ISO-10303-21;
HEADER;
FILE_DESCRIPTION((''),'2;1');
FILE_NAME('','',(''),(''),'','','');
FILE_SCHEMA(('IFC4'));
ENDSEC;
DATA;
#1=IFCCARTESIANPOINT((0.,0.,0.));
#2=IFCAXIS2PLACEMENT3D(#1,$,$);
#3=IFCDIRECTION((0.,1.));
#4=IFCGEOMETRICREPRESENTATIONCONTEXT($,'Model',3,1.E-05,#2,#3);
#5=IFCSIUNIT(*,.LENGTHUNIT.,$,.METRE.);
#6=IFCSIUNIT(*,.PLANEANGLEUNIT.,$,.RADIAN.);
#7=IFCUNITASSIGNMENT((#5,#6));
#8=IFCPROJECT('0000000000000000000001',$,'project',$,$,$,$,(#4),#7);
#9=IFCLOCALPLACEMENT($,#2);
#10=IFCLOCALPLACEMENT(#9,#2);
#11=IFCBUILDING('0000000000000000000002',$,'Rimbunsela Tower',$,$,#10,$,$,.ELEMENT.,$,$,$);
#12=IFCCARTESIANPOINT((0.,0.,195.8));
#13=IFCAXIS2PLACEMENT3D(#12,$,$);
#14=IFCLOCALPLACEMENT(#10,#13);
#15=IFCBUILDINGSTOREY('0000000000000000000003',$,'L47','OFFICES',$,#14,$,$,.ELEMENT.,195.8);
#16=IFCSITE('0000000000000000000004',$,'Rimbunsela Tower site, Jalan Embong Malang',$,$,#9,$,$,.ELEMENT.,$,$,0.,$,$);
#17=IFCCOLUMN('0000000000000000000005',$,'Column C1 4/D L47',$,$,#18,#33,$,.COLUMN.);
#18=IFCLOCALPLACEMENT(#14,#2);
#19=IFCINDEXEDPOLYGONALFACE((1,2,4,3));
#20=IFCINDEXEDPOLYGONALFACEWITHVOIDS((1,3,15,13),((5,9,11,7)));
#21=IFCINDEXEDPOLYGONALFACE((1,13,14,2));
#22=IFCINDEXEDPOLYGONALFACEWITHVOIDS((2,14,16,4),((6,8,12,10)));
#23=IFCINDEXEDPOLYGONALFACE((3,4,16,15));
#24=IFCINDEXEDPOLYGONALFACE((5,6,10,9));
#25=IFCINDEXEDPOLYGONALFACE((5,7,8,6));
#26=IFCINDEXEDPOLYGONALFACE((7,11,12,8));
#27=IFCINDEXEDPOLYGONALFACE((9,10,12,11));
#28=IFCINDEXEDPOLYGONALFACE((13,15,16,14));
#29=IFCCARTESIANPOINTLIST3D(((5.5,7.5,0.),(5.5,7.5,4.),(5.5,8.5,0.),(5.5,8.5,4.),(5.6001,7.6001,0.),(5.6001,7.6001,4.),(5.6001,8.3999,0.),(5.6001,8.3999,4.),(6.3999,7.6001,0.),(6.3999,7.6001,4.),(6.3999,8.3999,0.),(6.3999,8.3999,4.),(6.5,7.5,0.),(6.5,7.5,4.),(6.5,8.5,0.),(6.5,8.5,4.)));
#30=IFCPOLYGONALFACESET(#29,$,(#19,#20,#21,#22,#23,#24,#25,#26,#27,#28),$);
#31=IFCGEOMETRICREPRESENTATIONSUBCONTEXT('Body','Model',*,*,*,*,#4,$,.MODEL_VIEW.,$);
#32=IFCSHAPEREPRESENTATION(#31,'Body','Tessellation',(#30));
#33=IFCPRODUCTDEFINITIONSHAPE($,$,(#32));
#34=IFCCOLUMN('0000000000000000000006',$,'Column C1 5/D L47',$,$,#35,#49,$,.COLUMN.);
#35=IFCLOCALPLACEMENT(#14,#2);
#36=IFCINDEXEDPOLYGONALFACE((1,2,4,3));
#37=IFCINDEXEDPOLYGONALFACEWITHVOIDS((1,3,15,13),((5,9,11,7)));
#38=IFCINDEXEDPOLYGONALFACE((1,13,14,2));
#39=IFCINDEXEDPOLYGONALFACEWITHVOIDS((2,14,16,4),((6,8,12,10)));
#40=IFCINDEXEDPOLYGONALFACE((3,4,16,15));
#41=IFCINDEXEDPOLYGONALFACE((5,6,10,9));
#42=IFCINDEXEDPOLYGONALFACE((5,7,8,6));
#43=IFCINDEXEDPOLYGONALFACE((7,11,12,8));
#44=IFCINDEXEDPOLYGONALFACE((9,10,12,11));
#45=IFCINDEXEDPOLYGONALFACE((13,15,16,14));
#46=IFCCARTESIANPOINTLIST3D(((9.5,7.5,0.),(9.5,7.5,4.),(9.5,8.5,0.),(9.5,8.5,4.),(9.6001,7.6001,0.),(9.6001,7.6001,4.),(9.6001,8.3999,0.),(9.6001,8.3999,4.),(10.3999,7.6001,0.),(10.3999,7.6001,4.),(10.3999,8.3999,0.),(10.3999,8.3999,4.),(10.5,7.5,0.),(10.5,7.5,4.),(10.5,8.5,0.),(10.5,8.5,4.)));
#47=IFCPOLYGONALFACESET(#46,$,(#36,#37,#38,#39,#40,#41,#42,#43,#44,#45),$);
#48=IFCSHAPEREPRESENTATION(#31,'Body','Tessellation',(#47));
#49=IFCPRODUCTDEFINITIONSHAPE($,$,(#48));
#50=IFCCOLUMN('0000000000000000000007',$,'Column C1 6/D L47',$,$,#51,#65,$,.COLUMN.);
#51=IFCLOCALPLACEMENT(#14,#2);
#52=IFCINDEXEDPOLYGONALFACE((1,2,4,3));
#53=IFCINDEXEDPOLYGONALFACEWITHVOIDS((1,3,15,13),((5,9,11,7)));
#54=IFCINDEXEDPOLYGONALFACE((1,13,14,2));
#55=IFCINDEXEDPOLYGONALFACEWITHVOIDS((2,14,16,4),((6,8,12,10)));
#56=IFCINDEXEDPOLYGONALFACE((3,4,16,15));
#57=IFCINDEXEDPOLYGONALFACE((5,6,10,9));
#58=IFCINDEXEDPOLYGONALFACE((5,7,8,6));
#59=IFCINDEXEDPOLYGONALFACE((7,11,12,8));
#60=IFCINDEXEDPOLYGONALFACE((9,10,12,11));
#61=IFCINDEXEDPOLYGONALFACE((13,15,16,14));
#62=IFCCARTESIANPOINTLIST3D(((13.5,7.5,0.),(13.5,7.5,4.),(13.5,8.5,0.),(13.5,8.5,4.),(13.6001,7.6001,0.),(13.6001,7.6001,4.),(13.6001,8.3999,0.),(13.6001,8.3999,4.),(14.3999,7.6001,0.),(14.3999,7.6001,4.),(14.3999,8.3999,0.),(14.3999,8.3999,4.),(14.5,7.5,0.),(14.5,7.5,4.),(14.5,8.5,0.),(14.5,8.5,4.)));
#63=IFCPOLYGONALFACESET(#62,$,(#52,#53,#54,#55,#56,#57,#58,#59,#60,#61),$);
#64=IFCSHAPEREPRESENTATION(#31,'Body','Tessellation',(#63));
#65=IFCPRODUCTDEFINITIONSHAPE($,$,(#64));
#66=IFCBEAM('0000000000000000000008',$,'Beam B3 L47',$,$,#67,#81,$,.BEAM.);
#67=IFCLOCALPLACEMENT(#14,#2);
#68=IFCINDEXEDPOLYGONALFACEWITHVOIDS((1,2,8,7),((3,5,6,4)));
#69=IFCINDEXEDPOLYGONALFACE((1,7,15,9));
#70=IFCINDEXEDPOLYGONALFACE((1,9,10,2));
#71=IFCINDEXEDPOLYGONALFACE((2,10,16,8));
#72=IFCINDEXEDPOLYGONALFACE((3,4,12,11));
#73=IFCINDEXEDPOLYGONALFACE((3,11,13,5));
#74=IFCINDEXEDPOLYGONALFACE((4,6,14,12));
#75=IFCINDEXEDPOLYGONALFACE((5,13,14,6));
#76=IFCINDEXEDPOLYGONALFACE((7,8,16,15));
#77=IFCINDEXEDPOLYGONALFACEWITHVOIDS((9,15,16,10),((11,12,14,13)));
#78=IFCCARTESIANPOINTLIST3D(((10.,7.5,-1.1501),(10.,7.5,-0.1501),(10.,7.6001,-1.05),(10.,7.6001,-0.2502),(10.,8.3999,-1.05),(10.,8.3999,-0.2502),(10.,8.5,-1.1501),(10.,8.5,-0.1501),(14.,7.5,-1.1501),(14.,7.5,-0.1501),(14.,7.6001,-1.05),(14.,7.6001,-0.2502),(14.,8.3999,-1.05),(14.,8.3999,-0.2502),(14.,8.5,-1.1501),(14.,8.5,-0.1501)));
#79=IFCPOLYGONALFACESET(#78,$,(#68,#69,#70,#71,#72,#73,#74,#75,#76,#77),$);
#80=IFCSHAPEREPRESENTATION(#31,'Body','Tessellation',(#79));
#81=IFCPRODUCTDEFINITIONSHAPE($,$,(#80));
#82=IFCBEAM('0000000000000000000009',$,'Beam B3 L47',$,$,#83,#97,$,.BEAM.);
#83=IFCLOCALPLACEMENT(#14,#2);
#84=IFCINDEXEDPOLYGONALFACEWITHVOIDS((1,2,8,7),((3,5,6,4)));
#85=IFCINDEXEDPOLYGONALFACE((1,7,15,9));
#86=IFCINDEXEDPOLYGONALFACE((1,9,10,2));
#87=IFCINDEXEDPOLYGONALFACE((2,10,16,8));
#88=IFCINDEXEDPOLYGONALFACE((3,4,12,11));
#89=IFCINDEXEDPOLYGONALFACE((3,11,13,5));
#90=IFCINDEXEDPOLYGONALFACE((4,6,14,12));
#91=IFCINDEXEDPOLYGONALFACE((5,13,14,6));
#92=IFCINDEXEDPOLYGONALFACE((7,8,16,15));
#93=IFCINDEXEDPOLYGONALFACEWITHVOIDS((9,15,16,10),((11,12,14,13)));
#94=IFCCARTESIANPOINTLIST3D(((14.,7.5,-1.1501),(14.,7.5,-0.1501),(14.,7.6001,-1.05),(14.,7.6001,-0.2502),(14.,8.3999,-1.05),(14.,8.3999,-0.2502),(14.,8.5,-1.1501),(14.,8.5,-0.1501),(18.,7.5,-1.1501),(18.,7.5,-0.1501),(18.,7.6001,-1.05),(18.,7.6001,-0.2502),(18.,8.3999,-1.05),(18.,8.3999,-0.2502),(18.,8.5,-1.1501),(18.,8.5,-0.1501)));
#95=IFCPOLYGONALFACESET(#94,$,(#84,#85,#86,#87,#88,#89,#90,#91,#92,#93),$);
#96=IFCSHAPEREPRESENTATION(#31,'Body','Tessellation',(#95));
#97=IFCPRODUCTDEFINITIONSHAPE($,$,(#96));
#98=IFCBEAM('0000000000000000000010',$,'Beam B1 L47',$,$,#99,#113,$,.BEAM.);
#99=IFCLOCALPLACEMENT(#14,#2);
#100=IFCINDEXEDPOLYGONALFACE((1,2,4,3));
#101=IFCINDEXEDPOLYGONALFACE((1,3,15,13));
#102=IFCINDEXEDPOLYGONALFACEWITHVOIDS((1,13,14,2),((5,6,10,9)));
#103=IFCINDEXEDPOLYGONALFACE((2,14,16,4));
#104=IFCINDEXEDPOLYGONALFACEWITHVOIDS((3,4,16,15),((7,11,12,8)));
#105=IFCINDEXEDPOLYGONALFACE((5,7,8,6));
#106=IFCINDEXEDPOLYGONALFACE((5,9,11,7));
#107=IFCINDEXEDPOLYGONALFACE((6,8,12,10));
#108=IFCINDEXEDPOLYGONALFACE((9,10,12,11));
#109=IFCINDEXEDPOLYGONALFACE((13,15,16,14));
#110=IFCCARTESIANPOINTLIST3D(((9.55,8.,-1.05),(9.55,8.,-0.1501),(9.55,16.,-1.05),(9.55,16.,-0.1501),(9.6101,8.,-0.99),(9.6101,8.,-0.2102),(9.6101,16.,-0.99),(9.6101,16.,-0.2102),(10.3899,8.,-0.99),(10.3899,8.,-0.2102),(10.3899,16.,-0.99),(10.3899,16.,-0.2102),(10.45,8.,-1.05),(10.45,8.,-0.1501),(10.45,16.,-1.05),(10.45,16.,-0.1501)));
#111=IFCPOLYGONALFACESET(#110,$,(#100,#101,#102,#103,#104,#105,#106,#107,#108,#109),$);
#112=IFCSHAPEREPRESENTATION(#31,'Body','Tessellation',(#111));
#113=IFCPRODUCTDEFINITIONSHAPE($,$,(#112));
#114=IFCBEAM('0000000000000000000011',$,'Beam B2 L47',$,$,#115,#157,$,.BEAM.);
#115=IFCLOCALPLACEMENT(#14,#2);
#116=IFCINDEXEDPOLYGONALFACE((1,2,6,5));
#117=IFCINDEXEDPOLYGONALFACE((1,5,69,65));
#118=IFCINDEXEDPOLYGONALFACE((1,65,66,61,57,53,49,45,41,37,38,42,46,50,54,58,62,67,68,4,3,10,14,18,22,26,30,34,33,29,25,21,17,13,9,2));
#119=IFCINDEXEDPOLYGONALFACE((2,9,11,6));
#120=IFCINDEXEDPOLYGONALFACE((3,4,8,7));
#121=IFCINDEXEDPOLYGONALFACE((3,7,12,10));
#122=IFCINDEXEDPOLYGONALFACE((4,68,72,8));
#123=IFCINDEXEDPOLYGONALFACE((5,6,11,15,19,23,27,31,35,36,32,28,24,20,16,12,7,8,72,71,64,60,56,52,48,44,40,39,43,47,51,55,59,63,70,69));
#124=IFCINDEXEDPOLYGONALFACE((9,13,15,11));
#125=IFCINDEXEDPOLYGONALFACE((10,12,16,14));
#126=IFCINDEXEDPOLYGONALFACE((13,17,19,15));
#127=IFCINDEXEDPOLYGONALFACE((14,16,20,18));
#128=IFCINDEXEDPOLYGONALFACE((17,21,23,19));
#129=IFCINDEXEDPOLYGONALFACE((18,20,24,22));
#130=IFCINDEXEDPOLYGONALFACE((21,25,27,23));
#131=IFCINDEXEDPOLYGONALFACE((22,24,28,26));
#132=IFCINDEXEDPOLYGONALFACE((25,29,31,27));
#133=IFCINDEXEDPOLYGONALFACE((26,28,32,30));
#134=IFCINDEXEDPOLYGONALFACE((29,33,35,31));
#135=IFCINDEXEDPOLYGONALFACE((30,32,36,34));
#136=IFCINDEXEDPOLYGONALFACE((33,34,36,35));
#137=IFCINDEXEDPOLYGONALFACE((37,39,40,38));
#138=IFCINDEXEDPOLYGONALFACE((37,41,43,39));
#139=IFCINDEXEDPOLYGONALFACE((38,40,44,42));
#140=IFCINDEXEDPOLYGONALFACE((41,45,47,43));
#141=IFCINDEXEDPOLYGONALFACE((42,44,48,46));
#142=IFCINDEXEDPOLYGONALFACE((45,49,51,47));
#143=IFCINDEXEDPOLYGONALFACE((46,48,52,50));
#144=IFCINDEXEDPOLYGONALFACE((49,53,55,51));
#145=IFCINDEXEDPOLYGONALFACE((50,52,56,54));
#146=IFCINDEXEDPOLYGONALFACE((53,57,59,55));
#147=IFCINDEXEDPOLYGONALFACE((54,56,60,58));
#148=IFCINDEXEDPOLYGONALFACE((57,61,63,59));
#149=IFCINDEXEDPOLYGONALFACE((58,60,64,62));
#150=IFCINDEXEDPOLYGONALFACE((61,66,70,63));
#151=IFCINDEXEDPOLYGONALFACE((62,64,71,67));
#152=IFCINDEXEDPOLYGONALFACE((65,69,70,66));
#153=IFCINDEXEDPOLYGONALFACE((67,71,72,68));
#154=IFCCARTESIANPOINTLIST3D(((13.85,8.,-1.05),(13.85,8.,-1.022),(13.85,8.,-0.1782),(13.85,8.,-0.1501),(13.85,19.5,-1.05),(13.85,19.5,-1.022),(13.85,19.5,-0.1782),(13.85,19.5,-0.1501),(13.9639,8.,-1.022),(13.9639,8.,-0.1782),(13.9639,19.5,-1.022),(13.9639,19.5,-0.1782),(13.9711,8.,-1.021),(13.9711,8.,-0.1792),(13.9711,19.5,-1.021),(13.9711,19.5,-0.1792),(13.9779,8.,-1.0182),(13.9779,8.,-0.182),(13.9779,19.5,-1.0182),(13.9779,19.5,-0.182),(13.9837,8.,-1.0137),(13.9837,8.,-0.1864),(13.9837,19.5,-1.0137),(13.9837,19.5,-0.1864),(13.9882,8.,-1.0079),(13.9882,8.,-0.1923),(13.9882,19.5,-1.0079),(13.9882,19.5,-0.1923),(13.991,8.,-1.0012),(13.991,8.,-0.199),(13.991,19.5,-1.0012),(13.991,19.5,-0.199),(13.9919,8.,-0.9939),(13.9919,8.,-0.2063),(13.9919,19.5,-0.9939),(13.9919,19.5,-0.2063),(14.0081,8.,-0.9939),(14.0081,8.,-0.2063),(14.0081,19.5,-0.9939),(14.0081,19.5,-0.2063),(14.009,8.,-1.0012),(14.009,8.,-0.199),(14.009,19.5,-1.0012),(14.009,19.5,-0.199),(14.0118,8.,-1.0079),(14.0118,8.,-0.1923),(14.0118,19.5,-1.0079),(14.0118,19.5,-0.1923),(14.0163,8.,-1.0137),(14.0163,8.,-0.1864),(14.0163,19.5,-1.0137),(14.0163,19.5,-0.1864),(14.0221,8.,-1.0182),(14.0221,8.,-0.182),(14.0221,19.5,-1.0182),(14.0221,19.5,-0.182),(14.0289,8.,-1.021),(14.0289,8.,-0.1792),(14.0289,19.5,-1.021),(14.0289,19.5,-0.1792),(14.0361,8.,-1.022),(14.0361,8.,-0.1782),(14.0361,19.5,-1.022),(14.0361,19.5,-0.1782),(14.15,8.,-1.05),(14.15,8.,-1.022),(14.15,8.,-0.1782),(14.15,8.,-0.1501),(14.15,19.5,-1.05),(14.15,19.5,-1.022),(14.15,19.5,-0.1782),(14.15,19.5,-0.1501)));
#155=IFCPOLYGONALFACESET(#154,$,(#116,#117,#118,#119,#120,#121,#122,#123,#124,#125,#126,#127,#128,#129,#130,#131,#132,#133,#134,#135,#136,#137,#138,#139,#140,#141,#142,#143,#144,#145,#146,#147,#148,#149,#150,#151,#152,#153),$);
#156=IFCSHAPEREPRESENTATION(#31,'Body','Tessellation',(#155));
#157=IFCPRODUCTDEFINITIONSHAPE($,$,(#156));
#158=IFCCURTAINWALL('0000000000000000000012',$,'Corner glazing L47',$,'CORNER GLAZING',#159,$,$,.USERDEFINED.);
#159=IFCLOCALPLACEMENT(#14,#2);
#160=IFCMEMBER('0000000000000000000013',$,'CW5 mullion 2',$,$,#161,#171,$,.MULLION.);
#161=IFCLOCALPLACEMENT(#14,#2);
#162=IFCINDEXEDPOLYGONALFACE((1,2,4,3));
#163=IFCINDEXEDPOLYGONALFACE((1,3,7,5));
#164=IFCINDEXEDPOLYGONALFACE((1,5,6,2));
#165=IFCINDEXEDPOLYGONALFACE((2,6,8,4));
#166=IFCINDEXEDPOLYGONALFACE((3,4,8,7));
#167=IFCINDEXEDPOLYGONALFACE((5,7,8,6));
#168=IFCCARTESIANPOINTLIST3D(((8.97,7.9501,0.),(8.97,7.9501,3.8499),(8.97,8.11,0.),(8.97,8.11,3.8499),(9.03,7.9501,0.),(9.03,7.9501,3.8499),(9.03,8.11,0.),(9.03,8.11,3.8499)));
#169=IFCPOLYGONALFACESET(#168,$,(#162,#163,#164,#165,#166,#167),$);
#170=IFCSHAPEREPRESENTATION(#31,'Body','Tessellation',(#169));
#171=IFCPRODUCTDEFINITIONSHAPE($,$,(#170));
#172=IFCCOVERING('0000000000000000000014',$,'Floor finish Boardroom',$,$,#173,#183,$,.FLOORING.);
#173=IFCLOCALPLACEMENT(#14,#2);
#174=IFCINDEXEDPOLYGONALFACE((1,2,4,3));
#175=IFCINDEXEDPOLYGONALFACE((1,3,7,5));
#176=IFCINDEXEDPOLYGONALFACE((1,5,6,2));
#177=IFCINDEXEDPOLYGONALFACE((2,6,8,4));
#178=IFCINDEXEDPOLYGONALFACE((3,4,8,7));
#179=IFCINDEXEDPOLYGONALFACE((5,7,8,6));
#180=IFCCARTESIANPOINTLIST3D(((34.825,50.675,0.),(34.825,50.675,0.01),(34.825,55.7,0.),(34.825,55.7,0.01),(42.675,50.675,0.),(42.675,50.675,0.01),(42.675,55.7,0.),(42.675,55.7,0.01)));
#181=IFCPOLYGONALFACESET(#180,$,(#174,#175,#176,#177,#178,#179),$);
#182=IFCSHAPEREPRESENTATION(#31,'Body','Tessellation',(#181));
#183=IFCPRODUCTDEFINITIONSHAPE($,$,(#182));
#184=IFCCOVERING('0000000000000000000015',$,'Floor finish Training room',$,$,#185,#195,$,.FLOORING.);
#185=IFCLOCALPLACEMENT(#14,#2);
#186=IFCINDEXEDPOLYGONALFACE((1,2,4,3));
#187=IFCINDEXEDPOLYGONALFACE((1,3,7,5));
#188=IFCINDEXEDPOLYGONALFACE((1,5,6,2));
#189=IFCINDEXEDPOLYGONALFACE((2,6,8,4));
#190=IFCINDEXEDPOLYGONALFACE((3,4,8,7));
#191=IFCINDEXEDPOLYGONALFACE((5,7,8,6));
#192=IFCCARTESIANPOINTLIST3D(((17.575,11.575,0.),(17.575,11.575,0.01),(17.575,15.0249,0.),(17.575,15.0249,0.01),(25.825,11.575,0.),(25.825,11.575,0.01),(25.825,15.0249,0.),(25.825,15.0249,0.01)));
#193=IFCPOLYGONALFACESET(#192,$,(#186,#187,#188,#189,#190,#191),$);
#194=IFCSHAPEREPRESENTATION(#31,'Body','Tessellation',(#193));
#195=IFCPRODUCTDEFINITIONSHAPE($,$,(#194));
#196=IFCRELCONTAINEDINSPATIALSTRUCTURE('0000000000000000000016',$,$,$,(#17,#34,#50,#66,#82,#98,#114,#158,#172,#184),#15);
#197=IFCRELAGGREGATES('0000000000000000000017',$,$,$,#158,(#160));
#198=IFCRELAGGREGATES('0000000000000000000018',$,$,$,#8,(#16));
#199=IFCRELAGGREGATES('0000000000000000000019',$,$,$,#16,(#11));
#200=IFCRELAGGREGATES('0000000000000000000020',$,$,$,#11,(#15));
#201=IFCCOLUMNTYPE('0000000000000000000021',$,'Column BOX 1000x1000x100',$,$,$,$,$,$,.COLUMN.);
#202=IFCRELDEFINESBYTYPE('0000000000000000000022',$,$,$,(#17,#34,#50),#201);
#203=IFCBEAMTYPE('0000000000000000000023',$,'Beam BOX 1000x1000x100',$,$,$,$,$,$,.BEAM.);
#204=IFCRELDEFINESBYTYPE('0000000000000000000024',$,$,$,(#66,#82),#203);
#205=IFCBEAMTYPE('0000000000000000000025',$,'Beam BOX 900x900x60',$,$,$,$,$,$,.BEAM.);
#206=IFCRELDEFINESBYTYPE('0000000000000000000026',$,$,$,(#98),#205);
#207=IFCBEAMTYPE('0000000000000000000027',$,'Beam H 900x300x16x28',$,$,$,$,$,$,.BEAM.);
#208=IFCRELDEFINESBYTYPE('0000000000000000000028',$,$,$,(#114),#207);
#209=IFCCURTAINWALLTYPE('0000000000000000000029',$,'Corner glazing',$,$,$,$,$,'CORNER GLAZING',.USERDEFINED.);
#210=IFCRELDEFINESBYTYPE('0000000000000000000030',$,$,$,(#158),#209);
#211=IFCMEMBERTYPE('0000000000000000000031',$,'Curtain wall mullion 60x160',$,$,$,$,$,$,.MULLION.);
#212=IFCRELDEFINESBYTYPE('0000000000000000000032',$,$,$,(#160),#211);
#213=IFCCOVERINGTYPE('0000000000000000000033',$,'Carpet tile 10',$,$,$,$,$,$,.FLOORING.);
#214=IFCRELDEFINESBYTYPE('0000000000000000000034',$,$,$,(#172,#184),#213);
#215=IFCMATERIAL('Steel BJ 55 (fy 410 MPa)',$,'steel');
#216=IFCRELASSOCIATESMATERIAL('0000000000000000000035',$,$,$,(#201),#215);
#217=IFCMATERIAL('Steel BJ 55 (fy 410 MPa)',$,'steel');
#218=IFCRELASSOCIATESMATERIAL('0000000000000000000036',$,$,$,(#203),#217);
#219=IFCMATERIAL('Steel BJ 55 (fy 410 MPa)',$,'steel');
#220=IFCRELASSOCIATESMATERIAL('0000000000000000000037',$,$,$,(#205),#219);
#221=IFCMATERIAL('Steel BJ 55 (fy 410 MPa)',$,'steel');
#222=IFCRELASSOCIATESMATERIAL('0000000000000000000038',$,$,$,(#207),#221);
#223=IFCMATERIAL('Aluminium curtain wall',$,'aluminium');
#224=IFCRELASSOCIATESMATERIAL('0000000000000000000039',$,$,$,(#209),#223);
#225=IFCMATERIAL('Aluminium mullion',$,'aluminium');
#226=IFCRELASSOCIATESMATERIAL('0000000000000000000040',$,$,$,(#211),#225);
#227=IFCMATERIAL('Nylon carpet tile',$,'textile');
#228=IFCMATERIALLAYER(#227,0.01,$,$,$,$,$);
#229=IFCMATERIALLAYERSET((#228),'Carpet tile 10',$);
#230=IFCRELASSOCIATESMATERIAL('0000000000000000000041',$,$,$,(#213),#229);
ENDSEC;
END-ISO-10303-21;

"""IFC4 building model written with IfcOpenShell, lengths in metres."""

from ifc_helpers import new_model, si_unit, direction, frame, origin, origin_2d, place, context, subcontext, project, spatial, polyline, rectangle, hollow_rectangle, i_section, outline, extrude, material, layer, layer_set, material_profile, profile_set, type_object, element, aggregate, save


model = new_model("IFC4")

# Units and contexts
model_context = context("Model", 3, precision=1e-05, world=origin(), true_north=direction((0.0, 1.0)))
body_context = subcontext(model_context, "Body", "Model", "MODEL_VIEW")
ifc_project = project(units=[si_unit("LENGTHUNIT", "METRE"), si_unit("PLANEANGLEUNIT", "RADIAN")], contexts=[model_context])

# Site, building, storey
site_placement = place(None, origin())
site = spatial("IfcSite", under=ifc_project, at=site_placement, Name="Rimbunsela Tower site, Jalan Embong Malang", CompositionType="ELEMENT", RefElevation=0.0)
building_placement = place(site_placement, origin())
building = spatial("IfcBuilding", under=site, at=building_placement, Name="Rimbunsela Tower", CompositionType="ELEMENT")
storey_placement = place(building_placement, frame((0.0, 0.0, 195.8)))
storey = spatial("IfcBuildingStorey", under=building, at=storey_placement, Name="L47", Description="OFFICES", CompositionType="ELEMENT", Elevation=195.8)

# Columns
ifc_material_1 = material(Name="Steel BJ 55 (fy 410 MPa)", Category="steel")
ifc_material_profile_1 = material_profile(ifc_material_1, hollow_rectangle(XDim=1.0, YDim=1.0, WallThickness=0.1001, at=origin_2d()), Name="BOX 1000x1000x100")
ifc_profile_set_1 = profile_set([ifc_material_profile_1], Name="Steel BJ 55 (fy 410 MPa)")
column_type = type_object("IfcColumnType", Name="Column BOX 1000x1000x100", PredefinedType="COLUMN", material=ifc_profile_set_1)
for number, where, z_axis, x_axis, name in (
    (1, (6.0, 8.0, 0.0), (0.0, 0.0, 1.0), (1.0, 0.0, 0.0), "Column C1 4/D L47"),
    (2, (10.0, 8.0, 0.0), (0.0, 0.0, 1.0), (1.0, 0.0, 0.0), "Column C1 5/D L47"),
    (3, (14.0, 8.0, 0.0), (0.0, 0.0, 1.0), (1.0, 0.0, 0.0), "Column C1 6/D L47"),
):
    element("IfcColumn", number, at=place(storey_placement, frame(where, z_axis=z_axis, x_axis=x_axis)), inside=storey, type_object=column_type, Name=name, PredefinedType="COLUMN", context=body_context, shape_type="SweptSolid", body=[
        extrude(hollow_rectangle(XDim=1.0, YDim=1.0, WallThickness=0.1001, at=origin_2d()), origin(), (0.0, 0.0, 1.0), 4.0),
    ])

# Beams
ifc_material_2 = material(Name="Steel BJ 55 (fy 410 MPa)", Category="steel")
ifc_material_profile_2 = material_profile(ifc_material_2, hollow_rectangle(XDim=1.0, YDim=1.0, WallThickness=0.1001, at=origin_2d()), Name="BOX 1000x1000x100")
ifc_profile_set_2 = profile_set([ifc_material_profile_2], Name="Steel BJ 55 (fy 410 MPa)")
beam_type_1 = type_object("IfcBeamType", Name="Beam BOX 1000x1000x100", PredefinedType="BEAM", material=ifc_profile_set_2)
for number, where, z_axis, x_axis, name in (
    (4, (10.0, 8.0, -0.6501), (1.0, 0.0, 0.0), (0.0, 1.0, 0.0), "Beam B3 L47"),
    (5, (14.0, 8.0, -0.6501), (1.0, 0.0, 0.0), (0.0, 1.0, 0.0), "Beam B3 L47"),
):
    element("IfcBeam", number, at=place(storey_placement, frame(where, z_axis=z_axis, x_axis=x_axis)), inside=storey, type_object=beam_type_1, Name=name, PredefinedType="BEAM", context=body_context, shape_type="SweptSolid", body=[
        extrude(hollow_rectangle(XDim=1.0, YDim=1.0, WallThickness=0.1001, at=origin_2d()), origin(), (0.0, 0.0, 1.0), 4.0),
    ])
ifc_material_3 = material(Name="Steel BJ 55 (fy 410 MPa)", Category="steel")
ifc_material_profile_3 = material_profile(ifc_material_3, hollow_rectangle(XDim=0.8999, YDim=0.8999, WallThickness=0.0601, at=origin_2d()), Name="BOX 900x900x60")
ifc_profile_set_3 = profile_set([ifc_material_profile_3], Name="Steel BJ 55 (fy 410 MPa)")
beam_type_2 = type_object("IfcBeamType", Name="Beam BOX 900x900x60", PredefinedType="BEAM", material=ifc_profile_set_3)
beam_1_placement = place(storey_placement, frame((10.0, 8.0, -0.6001), z_axis=(0.0, 1.0, 0.0), x_axis=(-1.0, 0.0, 0.0)))
element("IfcBeam", 6, at=beam_1_placement, inside=storey, type_object=beam_type_2, Name="Beam B1 L47", PredefinedType="BEAM", context=body_context, shape_type="SweptSolid", body=[
    extrude(hollow_rectangle(XDim=0.8999, YDim=0.8999, WallThickness=0.0601, at=origin_2d()), origin(), (0.0, 0.0, 1.0), 8.0),
])
ifc_material_4 = material(Name="Steel BJ 55 (fy 410 MPa)", Category="steel")
ifc_material_profile_4 = material_profile(ifc_material_4, i_section(OverallWidth=0.3, OverallDepth=0.8999, WebThickness=0.0161, FlangeThickness=0.0281, FilletRadius=0.0281, at=origin_2d()), Name="H 900x300x16x28")
ifc_profile_set_4 = profile_set([ifc_material_profile_4], Name="Steel BJ 55 (fy 410 MPa)")
beam_type_3 = type_object("IfcBeamType", Name="Beam H 900x300x16x28", PredefinedType="BEAM", material=ifc_profile_set_4)
beam_2_placement = place(storey_placement, frame((14.0, 8.0, -0.6001), z_axis=(0.0, 1.0, 0.0), x_axis=(-1.0, 0.0, 0.0)))
element("IfcBeam", 7, at=beam_2_placement, inside=storey, type_object=beam_type_3, Name="Beam B2 L47", PredefinedType="BEAM", context=body_context, shape_type="SweptSolid", body=[
    extrude(i_section(OverallWidth=0.3, OverallDepth=0.8999, WebThickness=0.0161, FlangeThickness=0.0281, FilletRadius=0.0281, at=origin_2d()), origin(), (0.0, 0.0, 1.0), 11.5),
])

# Curtain wall, member
ifc_material_5 = material(Name="Aluminium curtain wall", Category="aluminium")
curtain_wall_type = type_object("IfcCurtainWallType", Name="Corner glazing", ElementType="CORNER GLAZING", PredefinedType="USERDEFINED", material=ifc_material_5)
curtain_wall_placement = place(storey_placement, origin())
curtain_wall = element("IfcCurtainWall", 8, at=curtain_wall_placement, inside=storey, type_object=curtain_wall_type, Name="Corner glazing L47", ObjectType="CORNER GLAZING", PredefinedType="USERDEFINED")
ifc_material_6 = material(Name="Aluminium mullion", Category="aluminium")
ifc_material_profile_5 = material_profile(ifc_material_6, rectangle(XDim=0.0601, YDim=0.1599, at=origin_2d()), Name="Mullion 60x160")
ifc_profile_set_5 = profile_set([ifc_material_profile_5], Name="Aluminium mullion")
member_type = type_object("IfcMemberType", Name="Curtain wall mullion 60x160", PredefinedType="MULLION", material=ifc_profile_set_5)
member_placement = place(storey_placement, frame((9.0, 8.03, 0.0), z_axis=(0.0, 0.0, 1.0), x_axis=(1.0, 0.0, 0.0)))
member = element("IfcMember", 9, at=member_placement, type_object=member_type, Name="CW5 mullion 2", PredefinedType="MULLION", context=body_context, shape_type="SweptSolid", body=[
    extrude(rectangle(XDim=0.0601, YDim=0.1599, at=origin_2d()), origin(), (0.0, 0.0, 1.0), 3.8499),
])
aggregate(curtain_wall, [member])

# Coverings
ifc_material_7 = material(Name="Nylon carpet tile", Category="textile")
ifc_layer_1 = layer(ifc_material_7, 0.01)
ifc_layer_set_1 = layer_set([ifc_layer_1], Name="Carpet tile 10")
covering_type_1 = type_object("IfcCoveringType", Name="Carpet tile 10", PredefinedType="FLOORING", material=ifc_layer_set_1)
covering_1_placement = place(storey_placement, origin())
element("IfcCovering", 10, at=covering_1_placement, inside=storey, type_object=covering_type_1, Name="Floor finish Boardroom", PredefinedType="FLOORING", context=body_context, shape_type="SweptSolid", body=[
    extrude(outline(polyline([(42.675, 50.675), (42.675, 55.7), (34.825, 55.7), (34.825, 50.675), (42.675, 50.675)])), origin(), (0.0, 0.0, 1.0), 0.01),
])
covering_2_placement = place(storey_placement, origin())
element("IfcCovering", 11, at=covering_2_placement, inside=storey, type_object=covering_type_1, Name="Floor finish Training room", PredefinedType="FLOORING", context=body_context, shape_type="SweptSolid", body=[
    extrude(outline(polyline([(25.825, 11.575), (25.825, 15.0249), (17.575, 15.0249), (17.575, 11.575), (25.825, 11.575)])), origin(), (0.0, 0.0, 1.0), 0.01),
])

save(model, "model.ifc")
